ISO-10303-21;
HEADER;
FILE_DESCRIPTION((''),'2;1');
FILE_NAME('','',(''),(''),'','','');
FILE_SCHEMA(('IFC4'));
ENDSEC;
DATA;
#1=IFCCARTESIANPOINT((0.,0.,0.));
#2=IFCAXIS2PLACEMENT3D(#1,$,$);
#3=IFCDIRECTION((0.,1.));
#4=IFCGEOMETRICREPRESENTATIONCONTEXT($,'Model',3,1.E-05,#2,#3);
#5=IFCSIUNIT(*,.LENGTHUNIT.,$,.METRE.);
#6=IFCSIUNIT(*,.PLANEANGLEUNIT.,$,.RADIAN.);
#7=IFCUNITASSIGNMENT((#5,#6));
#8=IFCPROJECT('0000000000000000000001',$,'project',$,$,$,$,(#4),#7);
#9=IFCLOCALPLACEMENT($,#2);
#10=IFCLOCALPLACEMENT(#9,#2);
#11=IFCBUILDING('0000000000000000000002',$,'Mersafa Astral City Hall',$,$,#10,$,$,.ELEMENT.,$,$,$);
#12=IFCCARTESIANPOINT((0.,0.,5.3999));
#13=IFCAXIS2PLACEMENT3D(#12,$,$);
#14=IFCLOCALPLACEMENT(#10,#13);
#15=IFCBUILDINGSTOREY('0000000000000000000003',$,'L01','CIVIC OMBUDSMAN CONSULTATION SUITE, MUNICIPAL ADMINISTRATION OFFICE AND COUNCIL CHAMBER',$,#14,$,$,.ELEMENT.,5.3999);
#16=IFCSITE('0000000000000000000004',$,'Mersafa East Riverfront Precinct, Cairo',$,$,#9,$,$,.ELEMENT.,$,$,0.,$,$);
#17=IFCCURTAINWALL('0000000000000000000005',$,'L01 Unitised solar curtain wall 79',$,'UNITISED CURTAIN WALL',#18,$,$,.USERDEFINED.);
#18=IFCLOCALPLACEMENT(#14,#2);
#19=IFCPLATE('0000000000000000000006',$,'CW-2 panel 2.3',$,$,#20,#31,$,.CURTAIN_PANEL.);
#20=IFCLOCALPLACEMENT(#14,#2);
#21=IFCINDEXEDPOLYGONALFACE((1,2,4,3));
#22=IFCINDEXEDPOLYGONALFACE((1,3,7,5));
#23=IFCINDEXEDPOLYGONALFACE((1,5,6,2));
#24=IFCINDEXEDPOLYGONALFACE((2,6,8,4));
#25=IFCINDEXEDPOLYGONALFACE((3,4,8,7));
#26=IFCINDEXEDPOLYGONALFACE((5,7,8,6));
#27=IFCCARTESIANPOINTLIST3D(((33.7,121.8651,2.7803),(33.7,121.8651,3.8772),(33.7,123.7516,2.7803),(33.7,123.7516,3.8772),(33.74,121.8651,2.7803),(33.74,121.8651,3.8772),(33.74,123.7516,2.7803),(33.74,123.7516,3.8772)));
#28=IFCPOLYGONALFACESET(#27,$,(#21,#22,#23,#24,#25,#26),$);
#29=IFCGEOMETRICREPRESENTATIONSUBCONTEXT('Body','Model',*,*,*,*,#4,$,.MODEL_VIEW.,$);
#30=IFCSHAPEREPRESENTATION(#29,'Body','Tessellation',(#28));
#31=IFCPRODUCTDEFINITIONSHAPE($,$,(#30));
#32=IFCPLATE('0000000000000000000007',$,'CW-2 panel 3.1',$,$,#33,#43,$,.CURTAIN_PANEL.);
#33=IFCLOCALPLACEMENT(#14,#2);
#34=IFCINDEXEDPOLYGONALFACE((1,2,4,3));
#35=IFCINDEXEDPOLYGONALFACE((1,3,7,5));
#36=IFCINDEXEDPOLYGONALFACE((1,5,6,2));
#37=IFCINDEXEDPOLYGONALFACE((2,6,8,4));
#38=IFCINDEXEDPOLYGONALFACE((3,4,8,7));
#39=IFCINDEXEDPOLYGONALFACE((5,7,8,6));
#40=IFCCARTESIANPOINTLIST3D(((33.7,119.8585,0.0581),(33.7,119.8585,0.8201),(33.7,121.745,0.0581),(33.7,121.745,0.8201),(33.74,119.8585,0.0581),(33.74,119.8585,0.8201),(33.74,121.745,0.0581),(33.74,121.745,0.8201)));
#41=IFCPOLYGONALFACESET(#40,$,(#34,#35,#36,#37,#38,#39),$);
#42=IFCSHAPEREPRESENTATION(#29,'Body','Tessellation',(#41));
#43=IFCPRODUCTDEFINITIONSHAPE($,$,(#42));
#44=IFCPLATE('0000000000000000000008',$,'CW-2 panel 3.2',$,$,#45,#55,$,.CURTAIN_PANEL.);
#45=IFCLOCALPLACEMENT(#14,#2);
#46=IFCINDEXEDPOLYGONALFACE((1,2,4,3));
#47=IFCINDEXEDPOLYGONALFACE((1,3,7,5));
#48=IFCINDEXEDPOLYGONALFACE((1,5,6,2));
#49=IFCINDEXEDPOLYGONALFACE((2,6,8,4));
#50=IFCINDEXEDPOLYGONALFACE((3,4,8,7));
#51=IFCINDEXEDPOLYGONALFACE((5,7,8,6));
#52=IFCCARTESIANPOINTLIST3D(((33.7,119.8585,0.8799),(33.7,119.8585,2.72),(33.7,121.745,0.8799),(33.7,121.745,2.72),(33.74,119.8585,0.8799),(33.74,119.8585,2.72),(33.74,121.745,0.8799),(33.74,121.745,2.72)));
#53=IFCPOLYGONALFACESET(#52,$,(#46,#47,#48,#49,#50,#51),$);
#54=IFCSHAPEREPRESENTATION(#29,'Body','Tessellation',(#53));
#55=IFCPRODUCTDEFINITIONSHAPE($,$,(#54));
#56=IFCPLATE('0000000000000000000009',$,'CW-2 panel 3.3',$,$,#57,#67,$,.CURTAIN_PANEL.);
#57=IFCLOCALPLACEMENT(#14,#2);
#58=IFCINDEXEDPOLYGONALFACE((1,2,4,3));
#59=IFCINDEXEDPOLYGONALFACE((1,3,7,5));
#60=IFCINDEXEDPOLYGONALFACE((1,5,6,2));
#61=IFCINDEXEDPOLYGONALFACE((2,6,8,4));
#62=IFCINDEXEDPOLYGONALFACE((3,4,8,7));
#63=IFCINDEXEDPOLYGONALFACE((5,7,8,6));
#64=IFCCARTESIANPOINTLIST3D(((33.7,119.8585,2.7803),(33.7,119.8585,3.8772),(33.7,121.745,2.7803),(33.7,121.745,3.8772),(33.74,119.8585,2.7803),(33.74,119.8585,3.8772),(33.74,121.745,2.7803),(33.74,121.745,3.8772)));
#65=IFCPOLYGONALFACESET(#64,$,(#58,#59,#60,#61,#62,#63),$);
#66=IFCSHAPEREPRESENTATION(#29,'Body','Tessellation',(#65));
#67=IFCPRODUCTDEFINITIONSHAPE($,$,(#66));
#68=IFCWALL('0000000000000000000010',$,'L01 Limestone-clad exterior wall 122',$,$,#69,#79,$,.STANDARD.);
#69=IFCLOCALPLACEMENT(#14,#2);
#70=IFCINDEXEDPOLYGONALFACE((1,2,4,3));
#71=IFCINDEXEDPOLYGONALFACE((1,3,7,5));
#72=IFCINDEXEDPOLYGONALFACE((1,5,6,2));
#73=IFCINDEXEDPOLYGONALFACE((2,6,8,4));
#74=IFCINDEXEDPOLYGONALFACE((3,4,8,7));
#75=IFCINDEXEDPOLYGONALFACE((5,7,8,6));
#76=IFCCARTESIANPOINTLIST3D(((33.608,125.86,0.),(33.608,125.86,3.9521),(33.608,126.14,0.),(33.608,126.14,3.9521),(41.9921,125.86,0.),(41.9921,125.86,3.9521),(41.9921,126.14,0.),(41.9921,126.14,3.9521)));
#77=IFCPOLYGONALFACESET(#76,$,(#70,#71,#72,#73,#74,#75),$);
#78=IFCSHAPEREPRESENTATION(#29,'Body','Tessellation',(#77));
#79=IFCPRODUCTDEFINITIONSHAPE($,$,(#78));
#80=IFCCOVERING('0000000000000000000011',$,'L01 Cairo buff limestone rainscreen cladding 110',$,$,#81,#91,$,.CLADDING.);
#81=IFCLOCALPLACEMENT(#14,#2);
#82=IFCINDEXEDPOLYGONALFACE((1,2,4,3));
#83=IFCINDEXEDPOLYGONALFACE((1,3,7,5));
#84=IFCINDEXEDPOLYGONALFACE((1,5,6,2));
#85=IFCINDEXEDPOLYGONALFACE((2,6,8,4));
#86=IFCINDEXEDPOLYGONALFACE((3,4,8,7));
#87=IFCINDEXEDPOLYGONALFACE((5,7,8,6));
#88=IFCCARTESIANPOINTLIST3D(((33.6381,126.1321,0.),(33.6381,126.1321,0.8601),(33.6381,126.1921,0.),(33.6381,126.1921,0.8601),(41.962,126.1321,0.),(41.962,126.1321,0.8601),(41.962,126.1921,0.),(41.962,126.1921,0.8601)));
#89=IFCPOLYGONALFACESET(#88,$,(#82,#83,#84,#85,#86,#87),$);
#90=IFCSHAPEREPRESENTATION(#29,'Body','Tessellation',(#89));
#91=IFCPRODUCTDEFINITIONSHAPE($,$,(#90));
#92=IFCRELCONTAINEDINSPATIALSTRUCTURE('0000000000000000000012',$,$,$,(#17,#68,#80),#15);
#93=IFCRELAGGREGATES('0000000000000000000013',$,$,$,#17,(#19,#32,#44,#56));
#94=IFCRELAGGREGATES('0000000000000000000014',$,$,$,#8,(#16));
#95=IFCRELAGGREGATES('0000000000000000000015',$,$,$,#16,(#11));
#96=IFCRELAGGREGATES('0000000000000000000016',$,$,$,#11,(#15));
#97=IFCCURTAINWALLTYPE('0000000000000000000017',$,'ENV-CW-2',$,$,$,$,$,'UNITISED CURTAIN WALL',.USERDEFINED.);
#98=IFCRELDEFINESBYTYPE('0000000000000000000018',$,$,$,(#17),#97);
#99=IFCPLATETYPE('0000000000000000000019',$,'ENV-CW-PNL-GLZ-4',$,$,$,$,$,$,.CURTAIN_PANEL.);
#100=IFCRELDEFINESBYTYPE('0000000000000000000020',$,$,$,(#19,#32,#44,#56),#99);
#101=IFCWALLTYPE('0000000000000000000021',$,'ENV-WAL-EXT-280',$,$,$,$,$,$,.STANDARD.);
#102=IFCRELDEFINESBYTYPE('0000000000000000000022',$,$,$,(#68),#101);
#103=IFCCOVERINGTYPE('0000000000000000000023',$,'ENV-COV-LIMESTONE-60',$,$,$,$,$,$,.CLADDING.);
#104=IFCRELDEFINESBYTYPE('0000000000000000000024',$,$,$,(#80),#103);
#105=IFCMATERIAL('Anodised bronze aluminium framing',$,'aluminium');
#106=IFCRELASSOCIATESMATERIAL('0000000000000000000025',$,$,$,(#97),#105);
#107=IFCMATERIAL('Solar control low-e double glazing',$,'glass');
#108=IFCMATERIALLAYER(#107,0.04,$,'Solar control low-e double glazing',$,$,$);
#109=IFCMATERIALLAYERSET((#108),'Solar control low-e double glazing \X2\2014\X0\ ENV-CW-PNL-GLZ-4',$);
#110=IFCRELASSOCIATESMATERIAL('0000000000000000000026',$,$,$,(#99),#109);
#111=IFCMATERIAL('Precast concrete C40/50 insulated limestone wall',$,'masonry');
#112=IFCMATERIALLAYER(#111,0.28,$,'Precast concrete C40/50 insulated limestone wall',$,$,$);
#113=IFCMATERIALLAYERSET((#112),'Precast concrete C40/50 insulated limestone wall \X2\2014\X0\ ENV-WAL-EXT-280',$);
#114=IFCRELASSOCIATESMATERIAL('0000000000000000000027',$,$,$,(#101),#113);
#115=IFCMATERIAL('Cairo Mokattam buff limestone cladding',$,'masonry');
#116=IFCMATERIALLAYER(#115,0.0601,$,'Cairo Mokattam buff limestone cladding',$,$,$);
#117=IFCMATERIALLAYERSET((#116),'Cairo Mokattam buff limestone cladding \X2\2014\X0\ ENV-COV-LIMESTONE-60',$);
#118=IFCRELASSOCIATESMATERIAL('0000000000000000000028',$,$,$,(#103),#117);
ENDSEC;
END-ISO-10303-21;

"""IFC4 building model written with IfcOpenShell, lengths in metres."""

from ifc_helpers import new_model, si_unit, direction, frame, frame_2d, origin, origin_2d, place, context, subcontext, project, spatial, rectangle, extrude, material, layer, layer_set, type_object, element, aggregate, save


model = new_model("IFC4")

# Units and contexts
model_context = context("Model", 3, precision=1e-05, world=origin(), true_north=direction((0.0, 1.0)))
body_context = subcontext(model_context, "Body", "Model", "MODEL_VIEW")
ifc_project = project(units=[si_unit("LENGTHUNIT", "METRE"), si_unit("PLANEANGLEUNIT", "RADIAN")], contexts=[model_context])

# Site, building, storey
site_placement = place(None, origin())
site = spatial("IfcSite", under=ifc_project, at=site_placement, Name="Mersafa East Riverfront Precinct, Cairo", CompositionType="ELEMENT", RefElevation=0.0)
building_placement = place(site_placement, origin())
building = spatial("IfcBuilding", under=site, at=building_placement, Name="Mersafa Astral City Hall", CompositionType="ELEMENT")
storey_placement = place(building_placement, frame((0.0, 0.0, 5.3999)))
storey = spatial("IfcBuildingStorey", under=building, at=storey_placement, Name="L01", Description="CIVIC OMBUDSMAN CONSULTATION SUITE, MUNICIPAL ADMINISTRATION OFFICE AND COUNCIL CHAMBER", CompositionType="ELEMENT", Elevation=5.3999)

# Curtain wall, plates
ifc_material_1 = material(Name="Anodised bronze aluminium framing", Category="aluminium")
curtain_wall_type = type_object("IfcCurtainWallType", Name="ENV-CW-2", ElementType="UNITISED CURTAIN WALL", PredefinedType="USERDEFINED", material=ifc_material_1)
curtain_wall_placement = place(storey_placement, origin())
curtain_wall = element("IfcCurtainWall", 1, at=curtain_wall_placement, inside=storey, type_object=curtain_wall_type, Name="L01 Unitised solar curtain wall 79", ObjectType="UNITISED CURTAIN WALL", PredefinedType="USERDEFINED")
ifc_material_2 = material(Name="Solar control low-e double glazing", Category="glass")
ifc_layer_1 = layer(ifc_material_2, 0.04, Name="Solar control low-e double glazing")
ifc_layer_set_1 = layer_set([ifc_layer_1], Name="Solar control low-e double glazing — ENV-CW-PNL-GLZ-4")
plate_type = type_object("IfcPlateType", Name="ENV-CW-PNL-GLZ-4", PredefinedType="CURTAIN_PANEL", material=ifc_layer_set_1)
plate_1_placement = place(storey_placement, frame((33.72, 122.8083, 2.7803), z_axis=(0.0, 0.0, 1.0), x_axis=(0.0, -1.0, 0.0)))
plate_1 = element("IfcPlate", 2, at=plate_1_placement, type_object=plate_type, Name="CW-2 panel 2.3", PredefinedType="CURTAIN_PANEL", context=body_context, shape_type="SweptSolid", body=[
    extrude(rectangle(XDim=1.8865, YDim=0.04, at=origin_2d()), origin(), (0.0, 0.0, 1.0), 1.0969),
])
plate_2_placement = place(storey_placement, frame((33.72, 120.8018, 0.0581), z_axis=(0.0, 0.0, 1.0), x_axis=(0.0, -1.0, 0.0)))
plate_2 = element("IfcPlate", 3, at=plate_2_placement, type_object=plate_type, Name="CW-2 panel 3.1", PredefinedType="CURTAIN_PANEL", context=body_context, shape_type="SweptSolid", body=[
    extrude(rectangle(XDim=1.8865, YDim=0.04, at=origin_2d()), origin(), (0.0, 0.0, 1.0), 0.762),
])
plate_3_placement = place(storey_placement, frame((33.72, 120.8018, 0.8799), z_axis=(0.0, 0.0, 1.0), x_axis=(0.0, -1.0, 0.0)))
plate_3 = element("IfcPlate", 4, at=plate_3_placement, type_object=plate_type, Name="CW-2 panel 3.2", PredefinedType="CURTAIN_PANEL", context=body_context, shape_type="SweptSolid", body=[
    extrude(rectangle(XDim=1.8865, YDim=0.04, at=origin_2d()), origin(), (0.0, 0.0, 1.0), 1.8401),
])
plate_4_placement = place(storey_placement, frame((33.72, 120.8018, 2.7803), z_axis=(0.0, 0.0, 1.0), x_axis=(0.0, -1.0, 0.0)))
plate_4 = element("IfcPlate", 5, at=plate_4_placement, type_object=plate_type, Name="CW-2 panel 3.3", PredefinedType="CURTAIN_PANEL", context=body_context, shape_type="SweptSolid", body=[
    extrude(rectangle(XDim=1.8865, YDim=0.04, at=origin_2d()), origin(), (0.0, 0.0, 1.0), 1.0969),
])
aggregate(curtain_wall, [plate_1, plate_2, plate_3, plate_4])

# Wall
ifc_material_3 = material(Name="Precast concrete C40/50 insulated limestone wall", Category="masonry")
ifc_layer_2 = layer(ifc_material_3, 0.28, Name="Precast concrete C40/50 insulated limestone wall")
ifc_layer_set_2 = layer_set([ifc_layer_2], Name="Precast concrete C40/50 insulated limestone wall — ENV-WAL-EXT-280")
wall_type = type_object("IfcWallType", Name="ENV-WAL-EXT-280", PredefinedType="STANDARD", material=ifc_layer_set_2)
wall_placement = place(storey_placement, frame((41.9919, 126.0, 0.0), z_axis=(0.0, 0.0, 1.0), x_axis=(-1.0, 0.0, 0.0)))
element("IfcWall", 6, at=wall_placement, inside=storey, type_object=wall_type, Name="L01 Limestone-clad exterior wall 122", PredefinedType="STANDARD", context=body_context, shape_type="SweptSolid", body=[
    extrude(rectangle(XDim=8.384, YDim=0.28, at=frame_2d((4.1919, 0.0))), origin(), (0.0, 0.0, 1.0), 3.9521),
])

# Covering
ifc_material_4 = material(Name="Cairo Mokattam buff limestone cladding", Category="masonry")
ifc_layer_3 = layer(ifc_material_4, 0.0601, Name="Cairo Mokattam buff limestone cladding")
ifc_layer_set_3 = layer_set([ifc_layer_3], Name="Cairo Mokattam buff limestone cladding — ENV-COV-LIMESTONE-60")
covering_type = type_object("IfcCoveringType", Name="ENV-COV-LIMESTONE-60", PredefinedType="CLADDING", material=ifc_layer_set_3)
covering_placement = place(storey_placement, frame((37.8, 126.1621, 0.0), z_axis=(0.0, 0.0, 1.0), x_axis=(-1.0, 0.0, 0.0)))
element("IfcCovering", 7, at=covering_placement, inside=storey, type_object=covering_type, Name="L01 Cairo buff limestone rainscreen cladding 110", PredefinedType="CLADDING", context=body_context, shape_type="SweptSolid", body=[
    extrude(rectangle(XDim=8.324, YDim=0.0601, at=origin_2d()), origin(), (0.0, 0.0, 1.0), 0.8601),
])

save(model, "model.ifc")
